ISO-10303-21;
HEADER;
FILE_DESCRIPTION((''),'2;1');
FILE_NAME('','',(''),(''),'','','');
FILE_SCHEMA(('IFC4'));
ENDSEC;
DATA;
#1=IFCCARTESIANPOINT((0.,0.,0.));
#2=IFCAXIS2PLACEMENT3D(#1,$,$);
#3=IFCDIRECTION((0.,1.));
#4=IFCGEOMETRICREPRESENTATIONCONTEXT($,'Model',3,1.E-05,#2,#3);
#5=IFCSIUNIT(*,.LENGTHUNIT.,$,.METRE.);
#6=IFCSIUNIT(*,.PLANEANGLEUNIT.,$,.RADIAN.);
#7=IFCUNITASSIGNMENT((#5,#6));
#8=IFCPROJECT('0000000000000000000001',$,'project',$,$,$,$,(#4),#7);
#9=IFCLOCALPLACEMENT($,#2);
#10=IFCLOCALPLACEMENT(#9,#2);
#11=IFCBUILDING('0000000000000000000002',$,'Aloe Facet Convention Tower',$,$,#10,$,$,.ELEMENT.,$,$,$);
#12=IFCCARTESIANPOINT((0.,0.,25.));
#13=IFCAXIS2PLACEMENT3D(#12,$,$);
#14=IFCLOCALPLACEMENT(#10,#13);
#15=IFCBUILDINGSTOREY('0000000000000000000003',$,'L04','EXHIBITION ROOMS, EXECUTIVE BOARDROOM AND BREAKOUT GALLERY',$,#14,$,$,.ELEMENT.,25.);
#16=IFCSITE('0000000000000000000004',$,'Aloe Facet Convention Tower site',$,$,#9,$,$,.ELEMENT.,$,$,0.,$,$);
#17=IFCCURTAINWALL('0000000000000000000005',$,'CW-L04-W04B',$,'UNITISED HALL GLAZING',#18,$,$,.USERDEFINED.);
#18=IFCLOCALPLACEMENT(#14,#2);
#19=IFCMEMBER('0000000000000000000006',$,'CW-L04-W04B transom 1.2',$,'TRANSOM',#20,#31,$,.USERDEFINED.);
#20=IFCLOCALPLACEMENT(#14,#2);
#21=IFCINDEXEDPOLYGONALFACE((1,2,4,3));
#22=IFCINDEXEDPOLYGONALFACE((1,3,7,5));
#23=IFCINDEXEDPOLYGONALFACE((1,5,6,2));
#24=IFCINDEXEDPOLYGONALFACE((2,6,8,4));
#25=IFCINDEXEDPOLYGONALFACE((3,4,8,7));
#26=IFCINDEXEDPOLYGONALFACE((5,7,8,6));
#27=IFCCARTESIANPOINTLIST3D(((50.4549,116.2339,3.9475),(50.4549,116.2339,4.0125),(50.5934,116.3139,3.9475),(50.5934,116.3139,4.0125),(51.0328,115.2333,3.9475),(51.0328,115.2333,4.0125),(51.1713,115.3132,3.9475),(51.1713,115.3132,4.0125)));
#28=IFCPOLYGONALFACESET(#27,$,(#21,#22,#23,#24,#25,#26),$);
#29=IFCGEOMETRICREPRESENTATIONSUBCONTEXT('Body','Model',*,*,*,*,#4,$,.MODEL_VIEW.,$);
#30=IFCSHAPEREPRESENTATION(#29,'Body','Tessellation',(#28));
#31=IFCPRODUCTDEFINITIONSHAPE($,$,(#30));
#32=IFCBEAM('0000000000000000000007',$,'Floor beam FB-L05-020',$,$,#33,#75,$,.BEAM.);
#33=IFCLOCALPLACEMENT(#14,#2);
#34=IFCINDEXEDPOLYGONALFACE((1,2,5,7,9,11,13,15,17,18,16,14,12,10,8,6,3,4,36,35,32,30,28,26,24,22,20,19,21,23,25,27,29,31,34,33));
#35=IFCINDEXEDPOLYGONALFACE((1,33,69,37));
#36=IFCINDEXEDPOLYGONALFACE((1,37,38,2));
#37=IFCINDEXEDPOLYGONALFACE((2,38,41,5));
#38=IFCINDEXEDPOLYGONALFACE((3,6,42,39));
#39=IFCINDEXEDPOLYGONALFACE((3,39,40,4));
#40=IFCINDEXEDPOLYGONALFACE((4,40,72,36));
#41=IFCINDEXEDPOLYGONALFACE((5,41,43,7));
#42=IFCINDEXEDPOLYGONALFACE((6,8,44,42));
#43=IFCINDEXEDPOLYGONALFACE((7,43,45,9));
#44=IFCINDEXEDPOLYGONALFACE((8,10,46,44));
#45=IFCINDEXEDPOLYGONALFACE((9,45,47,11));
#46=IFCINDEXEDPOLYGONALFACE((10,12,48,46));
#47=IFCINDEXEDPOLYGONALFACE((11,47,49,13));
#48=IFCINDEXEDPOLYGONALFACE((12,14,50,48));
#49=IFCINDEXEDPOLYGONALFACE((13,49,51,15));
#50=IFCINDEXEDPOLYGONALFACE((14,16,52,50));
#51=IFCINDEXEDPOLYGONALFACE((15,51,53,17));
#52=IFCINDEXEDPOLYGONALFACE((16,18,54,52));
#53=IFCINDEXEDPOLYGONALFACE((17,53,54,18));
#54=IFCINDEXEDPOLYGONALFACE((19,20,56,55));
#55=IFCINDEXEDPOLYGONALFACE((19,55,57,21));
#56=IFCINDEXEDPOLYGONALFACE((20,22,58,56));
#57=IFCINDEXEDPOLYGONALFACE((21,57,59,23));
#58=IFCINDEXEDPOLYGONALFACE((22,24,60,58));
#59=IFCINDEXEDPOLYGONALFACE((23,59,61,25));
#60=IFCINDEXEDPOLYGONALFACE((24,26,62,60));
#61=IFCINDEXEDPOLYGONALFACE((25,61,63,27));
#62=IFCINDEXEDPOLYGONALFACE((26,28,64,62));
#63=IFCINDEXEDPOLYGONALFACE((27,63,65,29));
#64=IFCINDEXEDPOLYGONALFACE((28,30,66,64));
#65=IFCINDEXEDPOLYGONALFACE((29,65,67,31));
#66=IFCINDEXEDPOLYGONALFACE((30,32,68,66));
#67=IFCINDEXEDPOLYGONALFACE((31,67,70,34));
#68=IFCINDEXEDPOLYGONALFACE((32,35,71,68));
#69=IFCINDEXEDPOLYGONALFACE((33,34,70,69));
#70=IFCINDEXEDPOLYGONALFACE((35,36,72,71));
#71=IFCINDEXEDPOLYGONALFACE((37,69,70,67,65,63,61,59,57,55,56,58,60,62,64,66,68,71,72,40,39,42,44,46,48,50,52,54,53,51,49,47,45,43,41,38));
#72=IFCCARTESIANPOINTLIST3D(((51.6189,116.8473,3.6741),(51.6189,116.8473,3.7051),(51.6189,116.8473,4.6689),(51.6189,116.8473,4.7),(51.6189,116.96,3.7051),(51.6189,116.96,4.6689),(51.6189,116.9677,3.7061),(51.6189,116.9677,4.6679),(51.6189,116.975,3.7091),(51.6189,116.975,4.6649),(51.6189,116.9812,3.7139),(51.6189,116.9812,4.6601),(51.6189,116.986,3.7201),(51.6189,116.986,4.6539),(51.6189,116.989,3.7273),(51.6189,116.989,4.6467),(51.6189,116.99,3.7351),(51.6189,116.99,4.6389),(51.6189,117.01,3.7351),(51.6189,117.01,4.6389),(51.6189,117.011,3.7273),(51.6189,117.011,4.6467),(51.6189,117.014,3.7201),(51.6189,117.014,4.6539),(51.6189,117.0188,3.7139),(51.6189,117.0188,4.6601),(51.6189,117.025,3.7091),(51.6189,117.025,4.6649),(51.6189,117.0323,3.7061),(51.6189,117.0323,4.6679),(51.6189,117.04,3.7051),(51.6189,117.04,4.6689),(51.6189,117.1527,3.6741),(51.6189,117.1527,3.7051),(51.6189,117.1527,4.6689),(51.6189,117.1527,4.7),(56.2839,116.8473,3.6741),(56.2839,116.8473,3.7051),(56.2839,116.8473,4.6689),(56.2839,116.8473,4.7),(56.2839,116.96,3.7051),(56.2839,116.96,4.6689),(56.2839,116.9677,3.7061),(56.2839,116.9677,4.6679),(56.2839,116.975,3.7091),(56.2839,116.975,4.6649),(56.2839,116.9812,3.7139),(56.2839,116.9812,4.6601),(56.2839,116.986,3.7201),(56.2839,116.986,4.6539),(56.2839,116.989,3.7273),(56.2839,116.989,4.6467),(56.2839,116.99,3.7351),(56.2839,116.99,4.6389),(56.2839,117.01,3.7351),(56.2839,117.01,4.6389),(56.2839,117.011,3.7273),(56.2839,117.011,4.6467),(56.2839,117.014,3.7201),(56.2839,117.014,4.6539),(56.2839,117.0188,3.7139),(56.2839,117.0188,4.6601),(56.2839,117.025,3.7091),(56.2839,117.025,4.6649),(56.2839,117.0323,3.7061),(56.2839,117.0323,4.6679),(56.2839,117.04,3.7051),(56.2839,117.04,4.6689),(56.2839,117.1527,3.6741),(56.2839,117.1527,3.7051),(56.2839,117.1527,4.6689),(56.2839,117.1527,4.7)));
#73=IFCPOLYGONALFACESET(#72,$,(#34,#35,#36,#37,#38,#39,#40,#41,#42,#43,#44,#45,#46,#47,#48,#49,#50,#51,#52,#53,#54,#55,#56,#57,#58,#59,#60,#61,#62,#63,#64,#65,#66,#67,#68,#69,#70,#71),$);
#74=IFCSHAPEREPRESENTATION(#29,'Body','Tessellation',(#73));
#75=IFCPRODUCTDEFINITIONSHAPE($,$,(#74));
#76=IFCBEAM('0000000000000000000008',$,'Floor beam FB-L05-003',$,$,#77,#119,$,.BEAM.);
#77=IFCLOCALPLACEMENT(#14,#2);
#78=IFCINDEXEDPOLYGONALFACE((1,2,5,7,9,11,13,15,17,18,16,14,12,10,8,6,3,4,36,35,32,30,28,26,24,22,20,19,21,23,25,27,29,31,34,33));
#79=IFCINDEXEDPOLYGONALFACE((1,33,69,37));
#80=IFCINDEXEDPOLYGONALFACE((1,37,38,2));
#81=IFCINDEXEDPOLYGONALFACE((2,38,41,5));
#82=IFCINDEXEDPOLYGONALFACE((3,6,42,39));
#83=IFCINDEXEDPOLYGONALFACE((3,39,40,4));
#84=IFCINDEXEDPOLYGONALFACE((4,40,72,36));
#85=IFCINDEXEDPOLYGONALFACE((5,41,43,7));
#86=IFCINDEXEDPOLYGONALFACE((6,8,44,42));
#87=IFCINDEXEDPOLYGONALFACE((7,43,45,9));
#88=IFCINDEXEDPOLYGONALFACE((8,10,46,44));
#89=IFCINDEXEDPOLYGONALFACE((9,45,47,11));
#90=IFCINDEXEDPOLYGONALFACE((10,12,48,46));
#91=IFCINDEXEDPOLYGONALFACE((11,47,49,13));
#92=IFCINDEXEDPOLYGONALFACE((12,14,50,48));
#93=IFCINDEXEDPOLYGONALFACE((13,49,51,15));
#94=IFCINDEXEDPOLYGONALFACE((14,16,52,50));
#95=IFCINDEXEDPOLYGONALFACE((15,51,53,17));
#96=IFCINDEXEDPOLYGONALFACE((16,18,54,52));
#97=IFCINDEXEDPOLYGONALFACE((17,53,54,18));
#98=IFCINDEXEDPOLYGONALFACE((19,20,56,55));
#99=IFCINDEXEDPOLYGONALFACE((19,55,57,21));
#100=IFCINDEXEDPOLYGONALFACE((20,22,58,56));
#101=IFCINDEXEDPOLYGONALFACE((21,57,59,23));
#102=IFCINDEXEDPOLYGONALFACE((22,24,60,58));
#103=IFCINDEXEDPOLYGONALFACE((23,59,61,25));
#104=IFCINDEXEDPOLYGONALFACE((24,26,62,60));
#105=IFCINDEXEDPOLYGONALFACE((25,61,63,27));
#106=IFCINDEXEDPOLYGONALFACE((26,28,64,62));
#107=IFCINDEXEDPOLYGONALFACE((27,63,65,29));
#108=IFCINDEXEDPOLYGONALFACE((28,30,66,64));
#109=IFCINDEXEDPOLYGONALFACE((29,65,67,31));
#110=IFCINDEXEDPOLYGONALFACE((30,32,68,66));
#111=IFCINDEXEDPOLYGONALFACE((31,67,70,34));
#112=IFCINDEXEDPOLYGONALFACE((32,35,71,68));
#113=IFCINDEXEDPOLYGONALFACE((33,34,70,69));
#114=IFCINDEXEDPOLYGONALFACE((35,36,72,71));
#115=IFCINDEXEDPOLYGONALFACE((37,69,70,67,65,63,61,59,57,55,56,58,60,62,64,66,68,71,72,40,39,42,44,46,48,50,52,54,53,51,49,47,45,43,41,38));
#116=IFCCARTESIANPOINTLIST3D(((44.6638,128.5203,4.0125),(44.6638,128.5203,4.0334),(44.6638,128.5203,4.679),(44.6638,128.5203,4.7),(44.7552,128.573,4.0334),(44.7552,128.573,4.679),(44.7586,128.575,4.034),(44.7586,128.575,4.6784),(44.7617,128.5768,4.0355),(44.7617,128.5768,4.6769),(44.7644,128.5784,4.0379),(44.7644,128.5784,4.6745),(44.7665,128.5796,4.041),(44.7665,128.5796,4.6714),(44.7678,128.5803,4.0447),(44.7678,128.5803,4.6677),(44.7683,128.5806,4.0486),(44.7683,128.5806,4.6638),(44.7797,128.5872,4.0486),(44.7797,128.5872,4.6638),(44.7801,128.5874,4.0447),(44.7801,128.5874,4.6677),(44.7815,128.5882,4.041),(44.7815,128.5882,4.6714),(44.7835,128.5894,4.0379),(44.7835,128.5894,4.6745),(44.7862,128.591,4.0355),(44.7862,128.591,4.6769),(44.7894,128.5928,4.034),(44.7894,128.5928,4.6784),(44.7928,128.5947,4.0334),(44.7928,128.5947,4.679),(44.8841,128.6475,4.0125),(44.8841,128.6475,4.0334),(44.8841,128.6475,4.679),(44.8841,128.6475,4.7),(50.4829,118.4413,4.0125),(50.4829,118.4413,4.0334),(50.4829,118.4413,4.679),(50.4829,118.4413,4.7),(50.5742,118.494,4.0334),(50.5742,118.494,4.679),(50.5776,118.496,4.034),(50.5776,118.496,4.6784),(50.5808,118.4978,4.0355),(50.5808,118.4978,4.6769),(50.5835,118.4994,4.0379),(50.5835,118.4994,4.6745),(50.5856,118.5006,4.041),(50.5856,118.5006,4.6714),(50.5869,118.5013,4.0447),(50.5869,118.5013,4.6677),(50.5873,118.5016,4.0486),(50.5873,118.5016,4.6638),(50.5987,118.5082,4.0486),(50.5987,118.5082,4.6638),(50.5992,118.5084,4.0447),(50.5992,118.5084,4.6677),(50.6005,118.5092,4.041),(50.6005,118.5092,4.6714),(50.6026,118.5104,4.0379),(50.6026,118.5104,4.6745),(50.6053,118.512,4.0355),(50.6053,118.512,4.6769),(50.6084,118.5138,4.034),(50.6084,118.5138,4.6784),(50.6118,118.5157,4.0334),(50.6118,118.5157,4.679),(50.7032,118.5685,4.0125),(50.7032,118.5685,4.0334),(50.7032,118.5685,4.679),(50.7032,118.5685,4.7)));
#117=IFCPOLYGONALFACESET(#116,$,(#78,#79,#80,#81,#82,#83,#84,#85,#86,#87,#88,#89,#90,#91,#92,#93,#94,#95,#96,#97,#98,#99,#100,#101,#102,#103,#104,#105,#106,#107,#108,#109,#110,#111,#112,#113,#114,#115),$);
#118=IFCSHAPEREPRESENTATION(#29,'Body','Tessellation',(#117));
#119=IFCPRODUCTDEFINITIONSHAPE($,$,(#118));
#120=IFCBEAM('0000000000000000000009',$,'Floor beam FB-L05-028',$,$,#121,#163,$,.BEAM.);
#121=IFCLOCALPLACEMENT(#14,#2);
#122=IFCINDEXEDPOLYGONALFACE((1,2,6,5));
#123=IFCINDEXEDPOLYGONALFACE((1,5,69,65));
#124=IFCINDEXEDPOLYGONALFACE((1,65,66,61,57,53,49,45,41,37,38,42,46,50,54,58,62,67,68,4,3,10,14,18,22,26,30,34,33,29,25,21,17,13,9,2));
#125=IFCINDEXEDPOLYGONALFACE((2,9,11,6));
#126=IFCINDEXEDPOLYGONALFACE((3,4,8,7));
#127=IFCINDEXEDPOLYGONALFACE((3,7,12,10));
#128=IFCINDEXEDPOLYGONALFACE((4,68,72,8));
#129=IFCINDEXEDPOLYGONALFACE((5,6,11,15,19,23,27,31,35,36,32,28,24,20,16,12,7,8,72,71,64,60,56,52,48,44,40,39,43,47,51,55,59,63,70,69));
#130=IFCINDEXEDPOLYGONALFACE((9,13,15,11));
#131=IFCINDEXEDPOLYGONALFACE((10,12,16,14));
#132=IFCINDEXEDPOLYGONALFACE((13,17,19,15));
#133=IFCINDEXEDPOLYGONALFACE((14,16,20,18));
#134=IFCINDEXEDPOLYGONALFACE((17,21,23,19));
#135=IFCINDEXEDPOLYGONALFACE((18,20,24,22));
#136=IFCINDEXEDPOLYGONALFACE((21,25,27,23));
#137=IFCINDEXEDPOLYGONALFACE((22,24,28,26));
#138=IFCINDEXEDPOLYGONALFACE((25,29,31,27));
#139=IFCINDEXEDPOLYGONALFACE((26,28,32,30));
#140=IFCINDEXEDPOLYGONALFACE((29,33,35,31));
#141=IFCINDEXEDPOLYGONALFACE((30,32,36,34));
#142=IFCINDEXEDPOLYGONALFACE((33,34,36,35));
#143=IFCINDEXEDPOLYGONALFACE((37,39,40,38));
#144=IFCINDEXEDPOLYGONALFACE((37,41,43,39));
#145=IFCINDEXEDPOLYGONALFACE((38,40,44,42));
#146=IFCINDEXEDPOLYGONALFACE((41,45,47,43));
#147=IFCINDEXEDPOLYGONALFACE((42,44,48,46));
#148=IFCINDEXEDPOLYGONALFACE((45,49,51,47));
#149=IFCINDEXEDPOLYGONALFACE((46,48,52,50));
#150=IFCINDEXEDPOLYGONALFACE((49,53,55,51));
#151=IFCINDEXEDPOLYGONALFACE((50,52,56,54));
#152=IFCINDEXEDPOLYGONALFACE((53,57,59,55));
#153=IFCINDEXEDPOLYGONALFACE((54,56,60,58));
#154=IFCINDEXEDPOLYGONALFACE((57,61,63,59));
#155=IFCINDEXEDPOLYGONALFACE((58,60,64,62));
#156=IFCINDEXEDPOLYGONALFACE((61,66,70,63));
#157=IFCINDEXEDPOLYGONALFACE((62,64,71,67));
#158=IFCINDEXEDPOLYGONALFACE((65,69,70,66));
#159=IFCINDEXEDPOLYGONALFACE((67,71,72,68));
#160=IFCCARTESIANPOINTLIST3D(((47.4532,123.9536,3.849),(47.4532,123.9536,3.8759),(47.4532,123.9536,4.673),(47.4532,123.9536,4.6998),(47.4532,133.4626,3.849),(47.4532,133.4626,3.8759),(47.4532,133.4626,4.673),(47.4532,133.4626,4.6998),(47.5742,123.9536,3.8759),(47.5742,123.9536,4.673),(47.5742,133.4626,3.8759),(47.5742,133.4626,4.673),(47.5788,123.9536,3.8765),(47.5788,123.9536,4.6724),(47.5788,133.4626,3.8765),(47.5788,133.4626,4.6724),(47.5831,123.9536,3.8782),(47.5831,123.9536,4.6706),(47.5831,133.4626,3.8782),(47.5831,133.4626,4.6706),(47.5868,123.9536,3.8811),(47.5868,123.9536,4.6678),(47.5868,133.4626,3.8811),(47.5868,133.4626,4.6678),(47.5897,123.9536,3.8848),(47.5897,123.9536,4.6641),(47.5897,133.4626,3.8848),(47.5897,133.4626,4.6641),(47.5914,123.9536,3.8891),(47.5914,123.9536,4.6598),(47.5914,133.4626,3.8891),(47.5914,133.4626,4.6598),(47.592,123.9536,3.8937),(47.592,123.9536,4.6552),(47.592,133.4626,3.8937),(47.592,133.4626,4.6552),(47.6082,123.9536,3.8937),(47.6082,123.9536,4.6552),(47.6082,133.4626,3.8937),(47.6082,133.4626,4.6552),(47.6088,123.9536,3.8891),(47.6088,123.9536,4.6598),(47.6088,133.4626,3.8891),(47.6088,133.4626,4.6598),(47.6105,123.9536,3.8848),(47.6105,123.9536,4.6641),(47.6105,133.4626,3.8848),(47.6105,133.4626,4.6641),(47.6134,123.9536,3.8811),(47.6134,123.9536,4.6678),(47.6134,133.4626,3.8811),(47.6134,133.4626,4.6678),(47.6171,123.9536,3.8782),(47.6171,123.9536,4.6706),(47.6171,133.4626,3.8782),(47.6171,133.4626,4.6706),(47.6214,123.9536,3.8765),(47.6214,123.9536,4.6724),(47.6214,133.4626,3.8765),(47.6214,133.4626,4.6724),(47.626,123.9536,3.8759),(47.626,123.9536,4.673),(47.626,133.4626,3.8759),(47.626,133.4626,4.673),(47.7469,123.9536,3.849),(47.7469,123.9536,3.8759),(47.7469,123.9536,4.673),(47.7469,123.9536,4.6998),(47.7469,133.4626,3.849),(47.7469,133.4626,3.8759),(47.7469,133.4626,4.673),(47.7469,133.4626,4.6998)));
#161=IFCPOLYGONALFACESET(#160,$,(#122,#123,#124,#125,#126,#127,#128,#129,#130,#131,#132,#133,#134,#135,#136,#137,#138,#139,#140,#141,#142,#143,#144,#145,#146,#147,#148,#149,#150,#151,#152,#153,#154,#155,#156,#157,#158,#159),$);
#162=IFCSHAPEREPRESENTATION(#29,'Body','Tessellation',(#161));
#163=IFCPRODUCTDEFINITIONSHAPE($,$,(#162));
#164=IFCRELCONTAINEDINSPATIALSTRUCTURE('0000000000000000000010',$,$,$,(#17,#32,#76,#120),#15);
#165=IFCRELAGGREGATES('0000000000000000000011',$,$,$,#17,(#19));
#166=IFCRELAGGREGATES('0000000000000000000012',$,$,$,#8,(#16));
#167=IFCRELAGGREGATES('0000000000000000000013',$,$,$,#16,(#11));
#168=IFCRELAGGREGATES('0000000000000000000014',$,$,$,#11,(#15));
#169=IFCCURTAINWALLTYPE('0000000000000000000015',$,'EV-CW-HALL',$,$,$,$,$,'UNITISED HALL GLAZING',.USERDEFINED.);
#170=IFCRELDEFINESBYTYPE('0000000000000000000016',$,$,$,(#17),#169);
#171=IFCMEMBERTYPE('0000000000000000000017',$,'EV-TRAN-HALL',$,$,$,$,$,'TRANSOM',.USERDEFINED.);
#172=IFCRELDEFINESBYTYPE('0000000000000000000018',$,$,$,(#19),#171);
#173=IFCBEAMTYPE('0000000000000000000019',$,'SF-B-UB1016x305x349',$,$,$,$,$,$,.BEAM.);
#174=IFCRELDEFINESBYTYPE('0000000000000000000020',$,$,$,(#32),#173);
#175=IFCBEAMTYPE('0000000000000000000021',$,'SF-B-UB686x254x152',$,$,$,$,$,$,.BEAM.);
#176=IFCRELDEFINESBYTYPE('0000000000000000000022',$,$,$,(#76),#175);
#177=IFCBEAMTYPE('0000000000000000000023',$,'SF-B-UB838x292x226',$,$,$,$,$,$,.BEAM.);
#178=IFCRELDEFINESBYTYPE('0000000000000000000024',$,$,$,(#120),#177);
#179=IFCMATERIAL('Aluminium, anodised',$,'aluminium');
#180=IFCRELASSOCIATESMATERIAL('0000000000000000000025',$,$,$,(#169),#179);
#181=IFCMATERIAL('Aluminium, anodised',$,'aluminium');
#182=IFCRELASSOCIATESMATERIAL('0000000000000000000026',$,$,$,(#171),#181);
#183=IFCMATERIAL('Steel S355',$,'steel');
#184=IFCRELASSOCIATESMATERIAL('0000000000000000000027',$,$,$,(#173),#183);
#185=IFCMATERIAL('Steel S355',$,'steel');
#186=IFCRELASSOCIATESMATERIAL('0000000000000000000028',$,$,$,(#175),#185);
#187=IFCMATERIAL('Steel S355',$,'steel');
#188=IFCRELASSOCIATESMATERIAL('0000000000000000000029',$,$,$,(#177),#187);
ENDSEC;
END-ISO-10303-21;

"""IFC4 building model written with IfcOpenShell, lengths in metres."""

from ifc_helpers import new_model, si_unit, direction, frame, origin, origin_2d, place, context, subcontext, project, spatial, rectangle, i_section, extrude, material, material_profile, profile_set, type_object, element, aggregate, save


model = new_model("IFC4")

# Units and contexts
model_context = context("Model", 3, precision=1e-05, world=origin(), true_north=direction((0.0, 1.0)))
body_context = subcontext(model_context, "Body", "Model", "MODEL_VIEW")
ifc_project = project(units=[si_unit("LENGTHUNIT", "METRE"), si_unit("PLANEANGLEUNIT", "RADIAN")], contexts=[model_context])

# Site, building, storey
site_placement = place(None, origin())
site = spatial("IfcSite", under=ifc_project, at=site_placement, Name="Aloe Facet Convention Tower site", CompositionType="ELEMENT", RefElevation=0.0)
building_placement = place(site_placement, origin())
building = spatial("IfcBuilding", under=site, at=building_placement, Name="Aloe Facet Convention Tower", CompositionType="ELEMENT")
storey_placement = place(building_placement, frame((0.0, 0.0, 25.0)))
storey = spatial("IfcBuildingStorey", under=building, at=storey_placement, Name="L04", Description="EXHIBITION ROOMS, EXECUTIVE BOARDROOM AND BREAKOUT GALLERY", CompositionType="ELEMENT", Elevation=25.0)

# Curtain wall
ifc_material_1 = material(Name="Aluminium, anodised", Category="aluminium")
curtain_wall_type = type_object("IfcCurtainWallType", Name="EV-CW-HALL", ElementType="UNITISED HALL GLAZING", PredefinedType="USERDEFINED", material=ifc_material_1)
curtain_wall_1_placement = place(storey_placement, origin())
curtain_wall_1 = element("IfcCurtainWall", 1, at=curtain_wall_1_placement, inside=storey, type_object=curtain_wall_type, Name="CW-L04-W04B", ObjectType="UNITISED HALL GLAZING", PredefinedType="USERDEFINED")

# Member
ifc_material_2 = material(Name="Aluminium, anodised", Category="aluminium")
ifc_material_profile_1 = material_profile(ifc_material_2, rectangle(XDim=0.1599, YDim=0.0649, at=origin_2d()), Name="AL 160x65")
ifc_profile_set_1 = profile_set([ifc_material_profile_1], Name="Aluminium, anodised")
member_type_1 = type_object("IfcMemberType", Name="EV-TRAN-HALL", ElementType="TRANSOM", PredefinedType="USERDEFINED", material=ifc_profile_set_1)
member_1_placement = place(storey_placement, frame((50.5242, 116.2739, 3.98), z_axis=(0.50007, -0.865985, 0.0), x_axis=(0.865985, 0.50007, 0.0)))
member_1 = element("IfcMember", 2, at=member_1_placement, type_object=member_type_1, Name="CW-L04-W04B transom 1.2", ObjectType="TRANSOM", PredefinedType="USERDEFINED", context=body_context, shape_type="SweptSolid", body=[
    extrude(rectangle(XDim=0.1599, YDim=0.0649, at=origin_2d()), origin(), (0.0, 0.0, 1.0), 1.1555),
])

# Beams
ifc_material_3 = material(Name="Steel S355", Category="steel")
ifc_material_profile_2 = material_profile(ifc_material_3, i_section(OverallWidth=0.3054, OverallDepth=1.0259, WebThickness=0.02, FlangeThickness=0.031, FilletRadius=0.03, at=origin_2d()), Name="UB 1016x305x349")
ifc_profile_set_2 = profile_set([ifc_material_profile_2], Name="Steel S355")
beam_type_1 = type_object("IfcBeamType", Name="SF-B-UB1016x305x349", PredefinedType="BEAM", material=ifc_profile_set_2)
beam_1_placement = place(storey_placement, frame((51.6189, 117.0, 4.187), z_axis=(1.0, 0.0, 0.0), x_axis=(0.0, 1.0, 0.0)))
element("IfcBeam", 3, at=beam_1_placement, inside=storey, type_object=beam_type_1, Name="Floor beam FB-L05-020", PredefinedType="BEAM", context=body_context, shape_type="SweptSolid", body=[
    extrude(i_section(OverallWidth=0.3054, OverallDepth=1.0259, WebThickness=0.02, FlangeThickness=0.031, FilletRadius=0.03, at=origin_2d()), origin(), (0.0, 0.0, 1.0), 4.665),
])
ifc_material_4 = material(Name="Steel S355", Category="steel")
ifc_material_profile_3 = material_profile(ifc_material_4, i_section(OverallWidth=0.2544, OverallDepth=0.6875, WebThickness=0.0132, FlangeThickness=0.021, FilletRadius=0.0151, at=origin_2d()), Name="UB 686x254x152")
ifc_profile_set_3 = profile_set([ifc_material_profile_3], Name="Steel S355")
beam_type_2 = type_object("IfcBeamType", Name="SF-B-UB686x254x152", PredefinedType="BEAM", material=ifc_profile_set_3)
beam_2_placement = place(storey_placement, frame((50.593, 118.5049, 4.3562), z_axis=(-0.499995, 0.866028, 0.0), x_axis=(-0.866028, -0.499995, 0.0)))
element("IfcBeam", 4, at=beam_2_placement, inside=storey, type_object=beam_type_2, Name="Floor beam FB-L05-003", PredefinedType="BEAM", context=body_context, shape_type="SweptSolid", body=[
    extrude(i_section(OverallWidth=0.2544, OverallDepth=0.6875, WebThickness=0.0132, FlangeThickness=0.021, FilletRadius=0.0151, at=origin_2d()), origin(), (0.0, 0.0, 1.0), 11.6382),
])
ifc_material_5 = material(Name="Steel S355", Category="steel")
ifc_material_profile_4 = material_profile(ifc_material_5, i_section(OverallWidth=0.2937, OverallDepth=0.8508, WebThickness=0.0161, FlangeThickness=0.0269, FilletRadius=0.0178, at=origin_2d()), Name="UB 838x292x226")
ifc_profile_set_4 = profile_set([ifc_material_profile_4], Name="Steel S355")
beam_type_3 = type_object("IfcBeamType", Name="SF-B-UB838x292x226", PredefinedType="BEAM", material=ifc_profile_set_4)
beam_3_placement = place(storey_placement, frame((47.6001, 123.9536, 4.2744), z_axis=(0.0, 1.0, 0.0), x_axis=(-1.0, 0.0, 0.0)))
element("IfcBeam", 5, at=beam_3_placement, inside=storey, type_object=beam_type_3, Name="Floor beam FB-L05-028", PredefinedType="BEAM", context=body_context, shape_type="SweptSolid", body=[
    extrude(i_section(OverallWidth=0.2937, OverallDepth=0.8508, WebThickness=0.0161, FlangeThickness=0.0269, FilletRadius=0.0178, at=origin_2d()), origin(), (0.0, 0.0, 1.0), 9.509),
])

aggregate(curtain_wall_1, [member_1])

save(model, "model.ifc")
